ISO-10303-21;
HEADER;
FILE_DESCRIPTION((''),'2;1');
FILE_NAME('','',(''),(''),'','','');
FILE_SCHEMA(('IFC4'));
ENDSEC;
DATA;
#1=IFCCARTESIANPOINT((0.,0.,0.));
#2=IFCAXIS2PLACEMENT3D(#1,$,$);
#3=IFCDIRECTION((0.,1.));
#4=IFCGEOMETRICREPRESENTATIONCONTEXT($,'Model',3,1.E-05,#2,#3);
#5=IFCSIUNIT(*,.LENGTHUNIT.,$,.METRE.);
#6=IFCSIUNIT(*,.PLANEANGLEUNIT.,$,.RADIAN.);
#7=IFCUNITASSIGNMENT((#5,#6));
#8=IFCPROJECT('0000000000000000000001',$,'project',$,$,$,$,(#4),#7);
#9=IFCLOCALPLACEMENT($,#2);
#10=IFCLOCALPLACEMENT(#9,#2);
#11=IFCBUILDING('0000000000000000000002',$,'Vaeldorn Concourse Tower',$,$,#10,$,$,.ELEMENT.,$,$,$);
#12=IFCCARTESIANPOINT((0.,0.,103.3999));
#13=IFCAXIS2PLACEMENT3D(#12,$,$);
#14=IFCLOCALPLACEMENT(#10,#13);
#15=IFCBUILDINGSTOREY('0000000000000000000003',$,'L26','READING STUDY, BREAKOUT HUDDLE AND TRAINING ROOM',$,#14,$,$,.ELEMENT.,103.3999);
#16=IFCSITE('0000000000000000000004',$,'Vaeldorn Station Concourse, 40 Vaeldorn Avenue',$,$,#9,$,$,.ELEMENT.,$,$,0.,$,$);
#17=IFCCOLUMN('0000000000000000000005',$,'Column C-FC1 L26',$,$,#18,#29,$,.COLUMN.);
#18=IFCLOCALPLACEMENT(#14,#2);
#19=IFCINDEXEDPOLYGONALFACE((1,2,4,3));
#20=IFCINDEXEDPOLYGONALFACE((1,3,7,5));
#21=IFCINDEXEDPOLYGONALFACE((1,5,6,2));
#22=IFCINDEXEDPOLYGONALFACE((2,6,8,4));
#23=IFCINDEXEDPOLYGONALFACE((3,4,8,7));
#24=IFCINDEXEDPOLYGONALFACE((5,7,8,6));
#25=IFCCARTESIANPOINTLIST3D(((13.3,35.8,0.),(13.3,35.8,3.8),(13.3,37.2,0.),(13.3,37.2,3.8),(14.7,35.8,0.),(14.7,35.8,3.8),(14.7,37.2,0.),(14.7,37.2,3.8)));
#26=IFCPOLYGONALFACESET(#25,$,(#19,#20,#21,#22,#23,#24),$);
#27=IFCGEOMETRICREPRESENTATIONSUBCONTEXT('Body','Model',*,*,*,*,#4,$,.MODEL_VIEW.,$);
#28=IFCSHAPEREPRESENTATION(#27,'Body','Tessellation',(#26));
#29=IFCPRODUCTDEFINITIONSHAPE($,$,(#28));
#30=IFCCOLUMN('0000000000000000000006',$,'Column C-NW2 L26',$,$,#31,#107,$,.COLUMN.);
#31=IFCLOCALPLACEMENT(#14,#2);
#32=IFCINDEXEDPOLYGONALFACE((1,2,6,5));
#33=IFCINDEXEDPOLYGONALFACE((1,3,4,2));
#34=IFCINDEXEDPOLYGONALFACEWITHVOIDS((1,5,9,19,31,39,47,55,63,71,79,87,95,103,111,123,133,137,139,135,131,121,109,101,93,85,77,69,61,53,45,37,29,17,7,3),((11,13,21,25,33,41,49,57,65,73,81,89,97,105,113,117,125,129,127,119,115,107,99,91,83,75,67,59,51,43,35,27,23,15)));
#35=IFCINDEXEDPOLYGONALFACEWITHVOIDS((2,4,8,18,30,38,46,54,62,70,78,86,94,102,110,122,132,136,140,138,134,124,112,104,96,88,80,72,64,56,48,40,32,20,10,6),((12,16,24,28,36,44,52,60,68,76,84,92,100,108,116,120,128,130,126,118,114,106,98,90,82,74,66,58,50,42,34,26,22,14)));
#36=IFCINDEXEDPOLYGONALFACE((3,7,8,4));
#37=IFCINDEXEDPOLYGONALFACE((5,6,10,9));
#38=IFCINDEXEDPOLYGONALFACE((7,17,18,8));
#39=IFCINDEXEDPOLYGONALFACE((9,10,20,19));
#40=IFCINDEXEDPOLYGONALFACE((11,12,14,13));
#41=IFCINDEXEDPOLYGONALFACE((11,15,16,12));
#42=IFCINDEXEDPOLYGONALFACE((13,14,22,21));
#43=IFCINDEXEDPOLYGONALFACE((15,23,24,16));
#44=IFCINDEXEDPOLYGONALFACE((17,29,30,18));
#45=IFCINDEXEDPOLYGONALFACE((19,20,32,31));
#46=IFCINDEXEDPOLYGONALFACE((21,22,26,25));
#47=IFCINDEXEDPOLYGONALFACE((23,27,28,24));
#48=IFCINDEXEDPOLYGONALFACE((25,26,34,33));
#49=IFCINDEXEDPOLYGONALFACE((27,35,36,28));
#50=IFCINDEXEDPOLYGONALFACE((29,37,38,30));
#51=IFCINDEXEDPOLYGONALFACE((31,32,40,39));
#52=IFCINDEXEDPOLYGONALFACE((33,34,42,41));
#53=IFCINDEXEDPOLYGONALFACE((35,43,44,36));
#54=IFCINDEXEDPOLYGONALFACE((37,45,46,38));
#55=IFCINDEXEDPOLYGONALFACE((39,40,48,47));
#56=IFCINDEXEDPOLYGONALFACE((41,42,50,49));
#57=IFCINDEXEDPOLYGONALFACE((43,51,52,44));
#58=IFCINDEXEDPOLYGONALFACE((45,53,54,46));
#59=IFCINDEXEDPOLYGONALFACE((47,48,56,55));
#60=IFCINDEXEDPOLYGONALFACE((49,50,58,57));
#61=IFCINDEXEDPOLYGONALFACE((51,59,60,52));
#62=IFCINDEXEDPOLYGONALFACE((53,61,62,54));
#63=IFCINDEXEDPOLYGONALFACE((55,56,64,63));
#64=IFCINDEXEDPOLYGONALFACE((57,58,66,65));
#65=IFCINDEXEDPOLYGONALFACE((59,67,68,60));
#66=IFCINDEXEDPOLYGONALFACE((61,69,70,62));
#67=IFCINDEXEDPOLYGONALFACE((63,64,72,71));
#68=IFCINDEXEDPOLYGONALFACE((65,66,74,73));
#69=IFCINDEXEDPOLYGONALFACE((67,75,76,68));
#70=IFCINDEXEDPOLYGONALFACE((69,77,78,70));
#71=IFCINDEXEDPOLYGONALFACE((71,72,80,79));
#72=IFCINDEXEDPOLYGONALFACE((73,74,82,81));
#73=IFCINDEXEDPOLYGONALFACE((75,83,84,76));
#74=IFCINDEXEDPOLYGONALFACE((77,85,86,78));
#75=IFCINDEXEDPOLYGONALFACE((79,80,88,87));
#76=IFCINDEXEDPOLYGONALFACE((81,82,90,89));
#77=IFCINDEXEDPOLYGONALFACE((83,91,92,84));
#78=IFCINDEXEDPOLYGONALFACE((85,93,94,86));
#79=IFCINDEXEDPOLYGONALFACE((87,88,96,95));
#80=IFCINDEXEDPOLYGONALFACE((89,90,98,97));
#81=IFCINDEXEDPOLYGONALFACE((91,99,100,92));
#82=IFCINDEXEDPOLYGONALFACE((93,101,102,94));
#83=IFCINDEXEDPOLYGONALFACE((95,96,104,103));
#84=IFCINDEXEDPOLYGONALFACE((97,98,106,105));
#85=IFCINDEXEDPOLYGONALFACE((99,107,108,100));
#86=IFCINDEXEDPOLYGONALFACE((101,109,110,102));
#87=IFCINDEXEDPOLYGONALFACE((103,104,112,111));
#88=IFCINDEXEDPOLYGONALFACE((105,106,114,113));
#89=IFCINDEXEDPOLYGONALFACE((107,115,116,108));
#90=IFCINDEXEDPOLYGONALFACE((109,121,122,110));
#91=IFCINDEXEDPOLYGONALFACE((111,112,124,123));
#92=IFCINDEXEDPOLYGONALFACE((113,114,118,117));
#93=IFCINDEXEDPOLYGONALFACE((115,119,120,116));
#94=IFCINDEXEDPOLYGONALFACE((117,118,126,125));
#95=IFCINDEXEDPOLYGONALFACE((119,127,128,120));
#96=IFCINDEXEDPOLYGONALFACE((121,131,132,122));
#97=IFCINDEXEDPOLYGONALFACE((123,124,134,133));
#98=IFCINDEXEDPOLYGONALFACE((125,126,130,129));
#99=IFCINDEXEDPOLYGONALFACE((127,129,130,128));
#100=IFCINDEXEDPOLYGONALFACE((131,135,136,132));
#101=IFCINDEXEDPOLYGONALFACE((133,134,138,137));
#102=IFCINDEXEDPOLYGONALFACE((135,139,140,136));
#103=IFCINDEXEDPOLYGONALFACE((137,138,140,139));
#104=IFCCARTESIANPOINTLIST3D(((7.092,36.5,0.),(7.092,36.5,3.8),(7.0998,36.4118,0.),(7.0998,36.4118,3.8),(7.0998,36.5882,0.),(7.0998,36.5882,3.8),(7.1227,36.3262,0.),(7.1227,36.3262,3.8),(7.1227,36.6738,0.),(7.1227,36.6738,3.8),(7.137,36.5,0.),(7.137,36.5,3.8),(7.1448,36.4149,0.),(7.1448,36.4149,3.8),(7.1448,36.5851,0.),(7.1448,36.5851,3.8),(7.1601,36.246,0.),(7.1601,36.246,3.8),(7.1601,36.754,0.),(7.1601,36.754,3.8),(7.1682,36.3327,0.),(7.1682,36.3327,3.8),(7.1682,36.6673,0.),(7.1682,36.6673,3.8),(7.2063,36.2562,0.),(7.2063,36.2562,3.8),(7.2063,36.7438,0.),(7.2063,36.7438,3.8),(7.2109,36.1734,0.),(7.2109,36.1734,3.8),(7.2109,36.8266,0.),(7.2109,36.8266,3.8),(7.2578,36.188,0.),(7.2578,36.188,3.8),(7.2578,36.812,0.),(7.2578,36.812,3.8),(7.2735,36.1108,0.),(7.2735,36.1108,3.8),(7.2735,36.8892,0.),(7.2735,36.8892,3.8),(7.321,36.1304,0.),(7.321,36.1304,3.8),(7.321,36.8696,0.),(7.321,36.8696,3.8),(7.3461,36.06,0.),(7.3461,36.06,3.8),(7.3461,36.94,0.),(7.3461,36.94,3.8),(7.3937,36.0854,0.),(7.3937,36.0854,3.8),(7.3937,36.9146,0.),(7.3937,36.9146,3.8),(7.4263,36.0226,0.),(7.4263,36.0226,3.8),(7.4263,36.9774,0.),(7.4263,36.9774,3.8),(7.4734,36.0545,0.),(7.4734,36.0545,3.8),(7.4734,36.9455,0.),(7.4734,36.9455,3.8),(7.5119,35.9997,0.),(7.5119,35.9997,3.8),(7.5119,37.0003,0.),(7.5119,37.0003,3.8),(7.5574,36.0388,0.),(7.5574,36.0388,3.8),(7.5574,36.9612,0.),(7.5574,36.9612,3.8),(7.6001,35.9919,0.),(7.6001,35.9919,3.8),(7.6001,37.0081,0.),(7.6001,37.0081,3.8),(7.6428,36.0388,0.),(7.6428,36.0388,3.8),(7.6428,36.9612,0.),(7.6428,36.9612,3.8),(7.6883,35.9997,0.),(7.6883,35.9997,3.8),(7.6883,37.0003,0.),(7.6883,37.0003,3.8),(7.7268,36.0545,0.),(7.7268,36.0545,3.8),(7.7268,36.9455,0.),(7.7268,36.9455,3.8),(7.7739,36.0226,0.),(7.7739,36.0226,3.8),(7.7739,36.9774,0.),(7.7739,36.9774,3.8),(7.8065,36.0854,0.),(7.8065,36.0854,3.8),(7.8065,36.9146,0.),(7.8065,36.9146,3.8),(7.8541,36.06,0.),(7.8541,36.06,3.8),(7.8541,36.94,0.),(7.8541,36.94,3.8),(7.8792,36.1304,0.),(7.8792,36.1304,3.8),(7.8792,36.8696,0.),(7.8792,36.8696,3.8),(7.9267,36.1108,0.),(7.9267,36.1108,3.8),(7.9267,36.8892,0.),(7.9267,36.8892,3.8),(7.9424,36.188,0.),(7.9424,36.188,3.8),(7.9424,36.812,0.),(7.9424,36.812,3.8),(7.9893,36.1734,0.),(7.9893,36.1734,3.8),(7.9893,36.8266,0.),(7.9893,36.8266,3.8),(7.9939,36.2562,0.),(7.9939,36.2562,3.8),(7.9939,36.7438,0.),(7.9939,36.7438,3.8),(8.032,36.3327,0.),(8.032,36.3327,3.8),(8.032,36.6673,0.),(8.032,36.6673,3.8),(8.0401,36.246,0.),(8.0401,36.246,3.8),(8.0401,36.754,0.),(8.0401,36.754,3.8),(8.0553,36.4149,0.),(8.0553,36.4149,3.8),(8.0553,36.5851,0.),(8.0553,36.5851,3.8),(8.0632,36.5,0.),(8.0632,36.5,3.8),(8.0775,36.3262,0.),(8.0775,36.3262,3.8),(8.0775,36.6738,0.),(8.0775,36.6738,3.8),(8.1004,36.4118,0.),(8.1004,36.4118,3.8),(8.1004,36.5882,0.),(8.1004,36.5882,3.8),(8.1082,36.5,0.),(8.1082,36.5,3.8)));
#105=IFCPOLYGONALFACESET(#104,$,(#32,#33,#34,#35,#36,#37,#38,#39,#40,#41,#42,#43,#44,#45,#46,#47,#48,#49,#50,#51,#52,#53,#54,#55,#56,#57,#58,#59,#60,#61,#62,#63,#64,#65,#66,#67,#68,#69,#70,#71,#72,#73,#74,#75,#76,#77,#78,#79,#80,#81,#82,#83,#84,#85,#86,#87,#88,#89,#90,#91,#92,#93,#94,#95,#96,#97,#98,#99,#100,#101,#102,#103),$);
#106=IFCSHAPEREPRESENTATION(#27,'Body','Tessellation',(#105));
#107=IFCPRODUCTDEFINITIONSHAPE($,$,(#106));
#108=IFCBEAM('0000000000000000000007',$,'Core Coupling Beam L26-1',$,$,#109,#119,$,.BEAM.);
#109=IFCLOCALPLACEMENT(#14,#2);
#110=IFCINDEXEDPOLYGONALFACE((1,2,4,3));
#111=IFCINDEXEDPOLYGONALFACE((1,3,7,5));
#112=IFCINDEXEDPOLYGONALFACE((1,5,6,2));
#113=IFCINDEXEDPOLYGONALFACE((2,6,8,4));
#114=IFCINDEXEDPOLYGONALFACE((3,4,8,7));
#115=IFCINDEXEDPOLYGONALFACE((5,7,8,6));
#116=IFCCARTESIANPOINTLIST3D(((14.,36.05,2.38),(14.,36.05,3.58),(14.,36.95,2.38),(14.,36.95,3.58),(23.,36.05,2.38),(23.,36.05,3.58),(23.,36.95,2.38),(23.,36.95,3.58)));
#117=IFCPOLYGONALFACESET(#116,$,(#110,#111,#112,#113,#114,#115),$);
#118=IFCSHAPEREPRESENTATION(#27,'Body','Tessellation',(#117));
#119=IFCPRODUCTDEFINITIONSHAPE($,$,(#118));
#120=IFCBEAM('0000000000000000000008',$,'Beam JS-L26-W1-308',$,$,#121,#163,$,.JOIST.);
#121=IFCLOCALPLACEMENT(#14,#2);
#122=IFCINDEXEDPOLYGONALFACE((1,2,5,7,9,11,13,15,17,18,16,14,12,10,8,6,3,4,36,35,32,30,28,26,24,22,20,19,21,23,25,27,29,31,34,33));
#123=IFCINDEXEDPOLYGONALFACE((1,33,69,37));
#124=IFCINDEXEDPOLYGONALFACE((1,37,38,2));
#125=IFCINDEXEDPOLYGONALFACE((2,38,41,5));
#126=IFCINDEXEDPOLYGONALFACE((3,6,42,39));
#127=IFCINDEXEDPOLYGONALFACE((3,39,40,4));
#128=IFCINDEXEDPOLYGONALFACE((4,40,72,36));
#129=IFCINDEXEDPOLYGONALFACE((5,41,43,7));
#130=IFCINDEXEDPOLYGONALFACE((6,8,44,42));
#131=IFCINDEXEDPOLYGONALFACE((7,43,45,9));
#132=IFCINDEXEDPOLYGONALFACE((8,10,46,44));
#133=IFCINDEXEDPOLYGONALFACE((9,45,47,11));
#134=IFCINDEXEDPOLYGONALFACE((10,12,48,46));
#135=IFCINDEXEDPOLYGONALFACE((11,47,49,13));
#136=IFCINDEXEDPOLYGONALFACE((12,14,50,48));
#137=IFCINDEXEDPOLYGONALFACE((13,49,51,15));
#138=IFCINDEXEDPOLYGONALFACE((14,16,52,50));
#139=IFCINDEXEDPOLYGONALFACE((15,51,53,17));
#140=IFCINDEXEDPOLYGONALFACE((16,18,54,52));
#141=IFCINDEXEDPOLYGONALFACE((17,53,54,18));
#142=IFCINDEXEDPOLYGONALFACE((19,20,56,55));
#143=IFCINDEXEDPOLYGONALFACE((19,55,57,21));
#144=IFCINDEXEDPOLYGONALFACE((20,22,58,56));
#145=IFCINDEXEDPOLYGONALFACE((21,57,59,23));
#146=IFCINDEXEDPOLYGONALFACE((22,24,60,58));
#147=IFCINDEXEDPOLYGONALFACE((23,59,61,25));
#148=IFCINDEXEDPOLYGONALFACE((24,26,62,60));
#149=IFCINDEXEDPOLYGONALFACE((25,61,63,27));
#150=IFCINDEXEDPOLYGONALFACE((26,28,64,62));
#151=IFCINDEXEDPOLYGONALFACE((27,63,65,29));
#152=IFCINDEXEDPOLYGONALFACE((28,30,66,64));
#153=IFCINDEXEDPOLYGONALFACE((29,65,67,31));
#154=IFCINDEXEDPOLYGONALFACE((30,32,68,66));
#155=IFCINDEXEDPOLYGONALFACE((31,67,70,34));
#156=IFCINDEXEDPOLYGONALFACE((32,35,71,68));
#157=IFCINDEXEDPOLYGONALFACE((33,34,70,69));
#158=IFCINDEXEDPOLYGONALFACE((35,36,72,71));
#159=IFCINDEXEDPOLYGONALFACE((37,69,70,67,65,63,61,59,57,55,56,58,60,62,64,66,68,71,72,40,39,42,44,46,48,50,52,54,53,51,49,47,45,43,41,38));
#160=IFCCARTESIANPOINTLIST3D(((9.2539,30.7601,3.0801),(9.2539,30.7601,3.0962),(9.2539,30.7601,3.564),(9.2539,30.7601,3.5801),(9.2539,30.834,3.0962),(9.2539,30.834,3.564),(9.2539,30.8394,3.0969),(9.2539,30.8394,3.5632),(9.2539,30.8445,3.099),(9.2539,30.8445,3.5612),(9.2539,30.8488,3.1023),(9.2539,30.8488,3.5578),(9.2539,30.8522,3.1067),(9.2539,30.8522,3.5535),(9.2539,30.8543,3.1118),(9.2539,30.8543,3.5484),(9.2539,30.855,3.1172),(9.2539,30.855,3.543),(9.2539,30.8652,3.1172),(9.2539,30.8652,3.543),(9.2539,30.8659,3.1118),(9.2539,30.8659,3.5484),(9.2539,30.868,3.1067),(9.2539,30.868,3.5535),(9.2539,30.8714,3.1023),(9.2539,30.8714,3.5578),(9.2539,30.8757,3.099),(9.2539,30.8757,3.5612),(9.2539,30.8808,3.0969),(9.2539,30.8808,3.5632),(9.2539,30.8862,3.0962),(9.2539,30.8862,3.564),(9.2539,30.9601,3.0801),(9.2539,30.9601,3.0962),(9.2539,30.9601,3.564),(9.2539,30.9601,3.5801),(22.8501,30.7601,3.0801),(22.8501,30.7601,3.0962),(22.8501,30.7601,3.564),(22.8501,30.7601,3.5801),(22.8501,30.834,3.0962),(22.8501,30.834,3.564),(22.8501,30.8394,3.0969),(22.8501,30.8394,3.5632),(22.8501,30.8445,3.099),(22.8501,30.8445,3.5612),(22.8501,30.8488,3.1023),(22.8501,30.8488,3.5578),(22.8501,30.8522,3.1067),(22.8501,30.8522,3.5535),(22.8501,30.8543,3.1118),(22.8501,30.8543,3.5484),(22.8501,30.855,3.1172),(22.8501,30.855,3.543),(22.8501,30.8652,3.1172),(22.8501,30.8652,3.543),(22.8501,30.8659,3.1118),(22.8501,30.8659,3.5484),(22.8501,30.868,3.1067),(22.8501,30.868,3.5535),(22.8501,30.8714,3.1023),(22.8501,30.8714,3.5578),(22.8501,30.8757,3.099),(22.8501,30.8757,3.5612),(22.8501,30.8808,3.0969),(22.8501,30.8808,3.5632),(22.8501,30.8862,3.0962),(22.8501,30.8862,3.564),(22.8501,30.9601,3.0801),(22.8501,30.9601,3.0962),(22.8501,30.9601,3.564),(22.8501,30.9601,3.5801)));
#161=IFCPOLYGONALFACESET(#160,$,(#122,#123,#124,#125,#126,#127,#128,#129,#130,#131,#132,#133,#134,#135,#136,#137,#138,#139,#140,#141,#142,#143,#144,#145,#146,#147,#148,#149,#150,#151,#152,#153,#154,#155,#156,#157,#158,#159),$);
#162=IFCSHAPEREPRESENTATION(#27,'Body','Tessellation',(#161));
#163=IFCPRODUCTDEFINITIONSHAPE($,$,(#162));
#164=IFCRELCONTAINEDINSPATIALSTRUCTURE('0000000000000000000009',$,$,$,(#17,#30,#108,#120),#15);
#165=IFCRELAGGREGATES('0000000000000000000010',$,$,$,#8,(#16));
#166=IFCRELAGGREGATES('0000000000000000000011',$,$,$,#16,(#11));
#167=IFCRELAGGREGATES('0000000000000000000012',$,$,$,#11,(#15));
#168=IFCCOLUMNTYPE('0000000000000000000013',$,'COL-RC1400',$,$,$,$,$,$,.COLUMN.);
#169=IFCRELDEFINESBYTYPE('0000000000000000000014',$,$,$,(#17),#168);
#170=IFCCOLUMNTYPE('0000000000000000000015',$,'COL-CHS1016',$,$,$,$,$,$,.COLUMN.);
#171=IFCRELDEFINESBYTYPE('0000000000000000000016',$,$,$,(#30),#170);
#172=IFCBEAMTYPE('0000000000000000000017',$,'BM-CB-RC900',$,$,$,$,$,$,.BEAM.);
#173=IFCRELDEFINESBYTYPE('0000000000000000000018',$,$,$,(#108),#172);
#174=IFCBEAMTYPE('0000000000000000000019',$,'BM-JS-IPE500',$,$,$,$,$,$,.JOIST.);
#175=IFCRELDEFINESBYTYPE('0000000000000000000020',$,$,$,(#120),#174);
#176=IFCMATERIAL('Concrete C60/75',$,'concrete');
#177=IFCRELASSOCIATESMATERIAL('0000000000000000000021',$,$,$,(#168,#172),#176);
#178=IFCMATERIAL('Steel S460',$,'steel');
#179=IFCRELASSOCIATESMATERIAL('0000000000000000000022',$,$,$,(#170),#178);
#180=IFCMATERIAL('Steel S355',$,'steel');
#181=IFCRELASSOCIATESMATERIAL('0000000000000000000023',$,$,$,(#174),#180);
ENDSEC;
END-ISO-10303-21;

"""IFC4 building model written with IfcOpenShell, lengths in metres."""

from ifc_helpers import new_model, si_unit, direction, frame, origin, origin_2d, place, context, subcontext, project, spatial, rectangle, hollow_circle, i_section, extrude, source, transform, mapped, material, material_profile, profile_set, type_object, element, save


model = new_model("IFC4")

# Units and contexts
model_context = context("Model", 3, precision=1e-05, world=origin(), true_north=direction((0.0, 1.0)))
body_context = subcontext(model_context, "Body", "Model", "MODEL_VIEW")
ifc_project = project(units=[si_unit("LENGTHUNIT", "METRE"), si_unit("PLANEANGLEUNIT", "RADIAN")], contexts=[model_context])

# Site, building, storey
site_placement = place(None, origin())
site = spatial("IfcSite", under=ifc_project, at=site_placement, Name="Vaeldorn Station Concourse, 40 Vaeldorn Avenue", CompositionType="ELEMENT", RefElevation=0.0)
building_placement = place(site_placement, origin())
building = spatial("IfcBuilding", under=site, at=building_placement, Name="Vaeldorn Concourse Tower", CompositionType="ELEMENT")
storey_placement = place(building_placement, frame((0.0, 0.0, 103.3999)))
storey = spatial("IfcBuildingStorey", under=building, at=storey_placement, Name="L26", Description="READING STUDY, BREAKOUT HUDDLE AND TRAINING ROOM", CompositionType="ELEMENT", Elevation=103.3999)

# Columns
ifc_material_1 = material(Name="Concrete C60/75", Category="concrete")
ifc_material_profile_1 = material_profile(ifc_material_1, rectangle(XDim=1.3999, YDim=1.3999, at=origin_2d()), Name="RC 1400x1400")
ifc_profile_set_1 = profile_set([ifc_material_profile_1], Name="Concrete C60/75")
column_type_1 = type_object("IfcColumnType", Name="COL-RC1400", PredefinedType="COLUMN", material=ifc_profile_set_1)
shared_shape_1 = source(origin(), body_context, "Body", "SweptSolid", [
    extrude(rectangle(XDim=1.3999, YDim=1.3999, at=origin_2d()), origin(), (0.0, 0.0, 1.0), 3.8),
])
column_1_placement = place(storey_placement, frame((14.0, 36.5, 0.0), z_axis=(0.0, 0.0, 1.0), x_axis=(1.0, 0.0, 0.0)))
element("IfcColumn", 1, at=column_1_placement, inside=storey, type_object=column_type_1, Name="Column C-FC1 L26", PredefinedType="COLUMN", context=body_context, shape_type="MappedRepresentation", body=[
    mapped(shared_shape_1, transform((0.0, 0.0, 0.0), scale=1.0)),
])
ifc_material_2 = material(Name="Steel S460", Category="steel")
ifc_material_profile_2 = material_profile(ifc_material_2, hollow_circle(Radius=0.5081, WallThickness=0.0449, at=origin_2d()), Name="CHS 1016x45")
ifc_profile_set_2 = profile_set([ifc_material_profile_2], Name="Steel S460")
column_type_2 = type_object("IfcColumnType", Name="COL-CHS1016", PredefinedType="COLUMN", material=ifc_profile_set_2)
shared_shape_2 = source(origin(), body_context, "Body", "SweptSolid", [
    extrude(hollow_circle(Radius=0.5081, WallThickness=0.0449, at=origin_2d()), origin(), (0.0, 0.0, 1.0), 3.8),
])
column_2_placement = place(storey_placement, frame((7.6001, 36.5, 0.0), z_axis=(0.0, 0.0, 1.0), x_axis=(1.0, 0.0, 0.0)))
element("IfcColumn", 2, at=column_2_placement, inside=storey, type_object=column_type_2, Name="Column C-NW2 L26", PredefinedType="COLUMN", context=body_context, shape_type="MappedRepresentation", body=[
    mapped(shared_shape_2, transform((0.0, 0.0, 0.0), scale=1.0)),
])

# Beams
ifc_material_profile_3 = material_profile(ifc_material_1, rectangle(XDim=0.8999, YDim=1.2, at=origin_2d()), Name="RC 900x1200")
ifc_profile_set_3 = profile_set([ifc_material_profile_3], Name="Concrete C60/75")
beam_type_1 = type_object("IfcBeamType", Name="BM-CB-RC900", PredefinedType="BEAM", material=ifc_profile_set_3)
shared_shape_3 = source(origin(), body_context, "Body", "SweptSolid", [
    extrude(rectangle(XDim=0.8999, YDim=1.2, at=origin_2d()), origin(), (0.0, 0.0, 1.0), 9.0),
])
beam_1_placement = place(storey_placement, frame((14.0, 36.5, 2.98), z_axis=(1.0, 0.0, 0.0), x_axis=(0.0, 1.0, 0.0)))
element("IfcBeam", 3, at=beam_1_placement, inside=storey, type_object=beam_type_1, Name="Core Coupling Beam L26-1", PredefinedType="BEAM", context=body_context, shape_type="MappedRepresentation", body=[
    mapped(shared_shape_3, transform((0.0, 0.0, 0.0), scale=1.0)),
])
ifc_material_3 = material(Name="Steel S355", Category="steel")
ifc_material_profile_4 = material_profile(ifc_material_3, i_section(OverallWidth=0.2, OverallDepth=0.5, WebThickness=0.0103, FlangeThickness=0.0161, FilletRadius=0.021, at=origin_2d()), Name="IPE 500")
ifc_profile_set_4 = profile_set([ifc_material_profile_4], Name="Steel S355")
beam_type_2 = type_object("IfcBeamType", Name="BM-JS-IPE500", PredefinedType="JOIST", material=ifc_profile_set_4)
shared_shape_4 = source(origin(), body_context, "Body", "SweptSolid", [
    extrude(i_section(OverallWidth=0.2, OverallDepth=0.5, WebThickness=0.0103, FlangeThickness=0.0161, FilletRadius=0.021, at=origin_2d()), origin(), (0.0, 0.0, 1.0), 13.5962),
])
beam_2_placement = place(storey_placement, frame((9.2539, 30.8601, 3.3301), z_axis=(1.0, 0.0, 0.0), x_axis=(0.0, 1.0, 0.0)))
element("IfcBeam", 4, at=beam_2_placement, inside=storey, type_object=beam_type_2, Name="Beam JS-L26-W1-308", PredefinedType="JOIST", context=body_context, shape_type="MappedRepresentation", body=[
    mapped(shared_shape_4, transform((0.0, 0.0, 0.0), scale=1.0)),
])

save(model, "model.ifc")
